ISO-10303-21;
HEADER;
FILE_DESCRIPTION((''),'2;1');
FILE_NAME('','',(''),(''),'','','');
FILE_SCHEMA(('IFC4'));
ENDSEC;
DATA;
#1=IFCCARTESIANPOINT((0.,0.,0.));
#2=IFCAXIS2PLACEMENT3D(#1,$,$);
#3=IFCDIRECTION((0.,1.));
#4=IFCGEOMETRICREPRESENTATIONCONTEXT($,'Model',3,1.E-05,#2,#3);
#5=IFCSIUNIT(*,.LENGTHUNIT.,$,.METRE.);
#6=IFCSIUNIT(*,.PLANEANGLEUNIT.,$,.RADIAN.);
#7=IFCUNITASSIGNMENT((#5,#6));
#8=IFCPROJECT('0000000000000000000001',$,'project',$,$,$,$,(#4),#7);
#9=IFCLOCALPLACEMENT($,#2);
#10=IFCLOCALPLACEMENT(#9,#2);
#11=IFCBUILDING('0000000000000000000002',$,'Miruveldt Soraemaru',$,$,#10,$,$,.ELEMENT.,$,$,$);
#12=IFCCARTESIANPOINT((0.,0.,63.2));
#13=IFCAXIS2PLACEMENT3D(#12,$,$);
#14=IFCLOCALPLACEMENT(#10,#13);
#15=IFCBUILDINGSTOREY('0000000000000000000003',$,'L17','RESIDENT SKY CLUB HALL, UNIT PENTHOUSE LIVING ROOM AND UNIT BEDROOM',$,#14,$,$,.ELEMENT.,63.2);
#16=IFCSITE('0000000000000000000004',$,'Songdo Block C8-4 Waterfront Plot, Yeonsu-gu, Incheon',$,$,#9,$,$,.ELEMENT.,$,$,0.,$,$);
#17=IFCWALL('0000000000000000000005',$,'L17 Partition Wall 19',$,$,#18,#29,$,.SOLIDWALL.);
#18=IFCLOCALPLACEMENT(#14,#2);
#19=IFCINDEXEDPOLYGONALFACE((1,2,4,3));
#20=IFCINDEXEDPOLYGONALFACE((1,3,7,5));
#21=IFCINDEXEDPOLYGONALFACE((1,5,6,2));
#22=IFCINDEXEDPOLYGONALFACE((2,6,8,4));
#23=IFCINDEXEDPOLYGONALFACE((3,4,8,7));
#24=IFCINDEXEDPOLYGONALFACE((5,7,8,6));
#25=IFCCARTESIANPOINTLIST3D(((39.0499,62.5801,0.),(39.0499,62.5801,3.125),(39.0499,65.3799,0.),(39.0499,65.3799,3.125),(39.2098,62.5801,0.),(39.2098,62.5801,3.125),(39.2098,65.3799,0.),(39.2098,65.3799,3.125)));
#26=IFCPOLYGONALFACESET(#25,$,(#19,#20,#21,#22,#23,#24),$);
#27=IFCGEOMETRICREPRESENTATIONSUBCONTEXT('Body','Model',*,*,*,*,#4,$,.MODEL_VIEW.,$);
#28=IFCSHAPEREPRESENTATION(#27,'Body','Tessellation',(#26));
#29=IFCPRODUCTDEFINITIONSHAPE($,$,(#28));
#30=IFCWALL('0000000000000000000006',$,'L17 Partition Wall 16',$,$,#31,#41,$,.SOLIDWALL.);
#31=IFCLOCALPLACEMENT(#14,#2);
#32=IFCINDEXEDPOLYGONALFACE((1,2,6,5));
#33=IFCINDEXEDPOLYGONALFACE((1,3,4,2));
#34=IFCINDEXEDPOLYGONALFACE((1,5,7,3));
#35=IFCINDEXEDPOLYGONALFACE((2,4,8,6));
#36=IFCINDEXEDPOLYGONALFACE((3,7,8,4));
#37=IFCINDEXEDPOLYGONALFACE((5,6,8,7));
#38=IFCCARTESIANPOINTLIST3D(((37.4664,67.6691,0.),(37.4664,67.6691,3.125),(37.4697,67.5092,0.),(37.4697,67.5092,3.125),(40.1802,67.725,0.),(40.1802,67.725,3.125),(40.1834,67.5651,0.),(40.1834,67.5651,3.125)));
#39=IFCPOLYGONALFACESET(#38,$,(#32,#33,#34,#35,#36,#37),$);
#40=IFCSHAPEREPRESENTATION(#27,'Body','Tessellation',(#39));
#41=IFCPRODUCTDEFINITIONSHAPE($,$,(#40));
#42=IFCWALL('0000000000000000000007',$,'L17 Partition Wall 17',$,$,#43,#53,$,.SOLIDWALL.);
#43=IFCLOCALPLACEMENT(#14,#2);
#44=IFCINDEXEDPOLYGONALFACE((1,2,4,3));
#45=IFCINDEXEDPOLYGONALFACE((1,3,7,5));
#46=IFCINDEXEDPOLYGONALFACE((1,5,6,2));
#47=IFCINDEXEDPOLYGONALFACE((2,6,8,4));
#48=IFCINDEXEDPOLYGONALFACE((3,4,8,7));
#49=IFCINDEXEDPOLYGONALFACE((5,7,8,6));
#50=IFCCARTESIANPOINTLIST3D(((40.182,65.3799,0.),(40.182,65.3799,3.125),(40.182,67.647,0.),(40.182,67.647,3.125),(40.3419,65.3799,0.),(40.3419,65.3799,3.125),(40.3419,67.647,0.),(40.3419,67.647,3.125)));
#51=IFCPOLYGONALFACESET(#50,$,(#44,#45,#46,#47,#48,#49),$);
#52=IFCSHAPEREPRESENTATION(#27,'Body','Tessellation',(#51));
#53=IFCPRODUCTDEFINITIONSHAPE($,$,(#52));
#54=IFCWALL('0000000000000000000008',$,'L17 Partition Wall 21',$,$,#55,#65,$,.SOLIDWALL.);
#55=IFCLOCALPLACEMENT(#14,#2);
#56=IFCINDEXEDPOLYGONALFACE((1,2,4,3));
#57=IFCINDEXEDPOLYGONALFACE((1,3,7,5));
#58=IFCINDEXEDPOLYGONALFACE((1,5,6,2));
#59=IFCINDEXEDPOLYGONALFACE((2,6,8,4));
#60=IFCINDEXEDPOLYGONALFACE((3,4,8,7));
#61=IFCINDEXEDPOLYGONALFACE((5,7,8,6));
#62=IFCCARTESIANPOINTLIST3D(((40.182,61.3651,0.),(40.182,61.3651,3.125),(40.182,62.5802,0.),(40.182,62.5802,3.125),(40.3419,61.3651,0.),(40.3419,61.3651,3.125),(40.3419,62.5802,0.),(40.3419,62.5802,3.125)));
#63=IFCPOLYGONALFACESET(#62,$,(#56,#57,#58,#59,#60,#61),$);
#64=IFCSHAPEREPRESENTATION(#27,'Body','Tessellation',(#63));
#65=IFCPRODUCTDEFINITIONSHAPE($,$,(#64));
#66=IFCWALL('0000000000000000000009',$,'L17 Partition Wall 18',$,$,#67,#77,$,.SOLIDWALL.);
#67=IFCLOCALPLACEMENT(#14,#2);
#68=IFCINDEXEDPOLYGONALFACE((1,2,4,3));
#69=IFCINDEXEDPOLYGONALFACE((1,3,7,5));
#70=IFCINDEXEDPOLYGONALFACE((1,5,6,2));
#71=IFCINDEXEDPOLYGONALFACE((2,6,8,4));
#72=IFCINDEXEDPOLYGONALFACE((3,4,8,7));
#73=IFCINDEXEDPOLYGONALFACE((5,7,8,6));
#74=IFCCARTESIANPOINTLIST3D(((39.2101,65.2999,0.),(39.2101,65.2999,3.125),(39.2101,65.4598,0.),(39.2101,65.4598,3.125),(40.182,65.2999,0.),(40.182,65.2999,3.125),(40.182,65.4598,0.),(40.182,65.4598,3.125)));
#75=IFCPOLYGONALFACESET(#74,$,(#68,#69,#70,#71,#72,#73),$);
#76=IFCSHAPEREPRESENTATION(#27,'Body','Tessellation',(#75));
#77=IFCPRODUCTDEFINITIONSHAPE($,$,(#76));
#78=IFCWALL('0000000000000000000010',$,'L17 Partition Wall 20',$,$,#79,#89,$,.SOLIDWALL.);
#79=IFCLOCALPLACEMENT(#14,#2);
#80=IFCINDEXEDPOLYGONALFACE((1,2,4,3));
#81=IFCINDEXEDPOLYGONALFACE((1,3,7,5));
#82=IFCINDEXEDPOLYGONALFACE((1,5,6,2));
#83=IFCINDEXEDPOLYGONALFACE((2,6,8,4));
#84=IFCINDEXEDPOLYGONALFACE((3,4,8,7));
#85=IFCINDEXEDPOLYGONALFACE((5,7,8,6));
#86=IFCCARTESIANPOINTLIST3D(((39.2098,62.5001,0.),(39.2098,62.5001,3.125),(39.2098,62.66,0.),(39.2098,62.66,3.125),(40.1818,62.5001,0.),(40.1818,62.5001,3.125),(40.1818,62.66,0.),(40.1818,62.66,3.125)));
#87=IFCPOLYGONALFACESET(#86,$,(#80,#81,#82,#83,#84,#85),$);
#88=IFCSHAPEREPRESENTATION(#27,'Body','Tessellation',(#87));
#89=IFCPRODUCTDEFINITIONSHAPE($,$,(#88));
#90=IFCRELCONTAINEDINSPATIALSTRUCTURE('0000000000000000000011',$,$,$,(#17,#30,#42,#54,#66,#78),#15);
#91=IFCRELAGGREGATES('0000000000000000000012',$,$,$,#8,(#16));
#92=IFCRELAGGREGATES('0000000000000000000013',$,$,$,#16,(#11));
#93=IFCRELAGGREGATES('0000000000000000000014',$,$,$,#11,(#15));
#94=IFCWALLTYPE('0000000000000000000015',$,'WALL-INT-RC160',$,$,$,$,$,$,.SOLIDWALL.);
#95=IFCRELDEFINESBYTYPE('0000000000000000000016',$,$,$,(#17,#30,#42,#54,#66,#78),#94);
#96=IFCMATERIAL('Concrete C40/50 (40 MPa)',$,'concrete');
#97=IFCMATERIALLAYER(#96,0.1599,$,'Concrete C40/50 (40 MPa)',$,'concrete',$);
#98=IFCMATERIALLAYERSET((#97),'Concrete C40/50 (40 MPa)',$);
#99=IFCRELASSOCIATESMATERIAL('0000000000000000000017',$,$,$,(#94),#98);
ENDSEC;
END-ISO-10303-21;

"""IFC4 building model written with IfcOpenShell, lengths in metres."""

from ifc_helpers import new_model, si_unit, direction, frame, frame_2d, origin, place, context, subcontext, project, spatial, rectangle, extrude, material, layer, layer_set, type_object, element, save


model = new_model("IFC4")

# Units and contexts
model_context = context("Model", 3, precision=1e-05, world=origin(), true_north=direction((0.0, 1.0)))
body_context = subcontext(model_context, "Body", "Model", "MODEL_VIEW")
ifc_project = project(units=[si_unit("LENGTHUNIT", "METRE"), si_unit("PLANEANGLEUNIT", "RADIAN")], contexts=[model_context])

# Site, building, storey
site_placement = place(None, origin())
site = spatial("IfcSite", under=ifc_project, at=site_placement, Name="Songdo Block C8-4 Waterfront Plot, Yeonsu-gu, Incheon", CompositionType="ELEMENT", RefElevation=0.0)
building_placement = place(site_placement, origin())
building = spatial("IfcBuilding", under=site, at=building_placement, Name="Miruveldt Soraemaru", CompositionType="ELEMENT")
storey_placement = place(building_placement, frame((0.0, 0.0, 63.2)))
storey = spatial("IfcBuildingStorey", under=building, at=storey_placement, Name="L17", Description="RESIDENT SKY CLUB HALL, UNIT PENTHOUSE LIVING ROOM AND UNIT BEDROOM", CompositionType="ELEMENT", Elevation=63.2)

# Shared definitions
ifc_material_1 = material(Name="Concrete C40/50 (40 MPa)", Category="concrete")
ifc_layer_1 = layer(ifc_material_1, 0.1599, Name="Concrete C40/50 (40 MPa)", Category="concrete")
ifc_layer_set_1 = layer_set([ifc_layer_1], Name="Concrete C40/50 (40 MPa)")
wall_type_1 = type_object("IfcWallType", Name="WALL-INT-RC160", PredefinedType="SOLIDWALL", material=ifc_layer_set_1)

# Walls
wall_1_placement = place(storey_placement, frame((39.1299, 65.3799, 0.0), z_axis=(0.0, 0.0, 1.0), x_axis=(0.0, -1.0, 0.0)))
element("IfcWall", 1, at=wall_1_placement, inside=storey, type_object=wall_type_1, Name="L17 Partition Wall 19", PredefinedType="SOLIDWALL", context=body_context, shape_type="SweptSolid", body=[
    extrude(rectangle(XDim=2.7998, YDim=0.1599, at=frame_2d((1.3999, 0.0))), origin(), (0.0, 0.0, 1.0), 3.125),
])
wall_2_placement = place(storey_placement, frame((37.468, 67.5891, 0.0), z_axis=(0.0, 0.0, 1.0), x_axis=(0.999788, 0.020597, 0.0)))
element("IfcWall", 2, at=wall_2_placement, inside=storey, type_object=wall_type_1, Name="L17 Partition Wall 16", PredefinedType="SOLIDWALL", context=body_context, shape_type="SweptSolid", body=[
    extrude(rectangle(XDim=2.7144, YDim=0.1599, at=frame_2d((1.3572, 0.0))), origin(), (0.0, 0.0, 1.0), 3.125),
])
wall_3_placement = place(storey_placement, frame((40.262, 67.647, 0.0), z_axis=(0.0, 0.0, 1.0), x_axis=(0.0, -1.0, 0.0)))
element("IfcWall", 3, at=wall_3_placement, inside=storey, type_object=wall_type_1, Name="L17 Partition Wall 17", PredefinedType="SOLIDWALL", context=body_context, shape_type="SweptSolid", body=[
    extrude(rectangle(XDim=2.2671, YDim=0.1599, at=frame_2d((1.1335, 0.0))), origin(), (0.0, 0.0, 1.0), 3.125),
])
wall_4_placement = place(storey_placement, frame((40.262, 62.5801, 0.0), z_axis=(0.0, 0.0, 1.0), x_axis=(0.0, -1.0, 0.0)))
element("IfcWall", 4, at=wall_4_placement, inside=storey, type_object=wall_type_1, Name="L17 Partition Wall 21", PredefinedType="SOLIDWALL", context=body_context, shape_type="SweptSolid", body=[
    extrude(rectangle(XDim=1.2151, YDim=0.1599, at=frame_2d((0.6074, 0.0))), origin(), (0.0, 0.0, 1.0), 3.125),
])
for number, where, z_axis, x_axis, name in (
    (5, (40.1819, 65.3799, 0.0), (0.0, 0.0, 1.0), (-1.0, 0.0, 0.0), "L17 Partition Wall 18"),
    (6, (39.21, 62.5801, 0.0), (0.0, 0.0, 1.0), (1.0, 0.0, 0.0), "L17 Partition Wall 20"),
):
    element("IfcWall", number, at=place(storey_placement, frame(where, z_axis=z_axis, x_axis=x_axis)), inside=storey, type_object=wall_type_1, Name=name, PredefinedType="SOLIDWALL", context=body_context, shape_type="SweptSolid", body=[
        extrude(rectangle(XDim=0.9719, YDim=0.1599, at=frame_2d((0.4858, 0.0))), origin(), (0.0, 0.0, 1.0), 3.125),
    ])

save(model, "model.ifc")
